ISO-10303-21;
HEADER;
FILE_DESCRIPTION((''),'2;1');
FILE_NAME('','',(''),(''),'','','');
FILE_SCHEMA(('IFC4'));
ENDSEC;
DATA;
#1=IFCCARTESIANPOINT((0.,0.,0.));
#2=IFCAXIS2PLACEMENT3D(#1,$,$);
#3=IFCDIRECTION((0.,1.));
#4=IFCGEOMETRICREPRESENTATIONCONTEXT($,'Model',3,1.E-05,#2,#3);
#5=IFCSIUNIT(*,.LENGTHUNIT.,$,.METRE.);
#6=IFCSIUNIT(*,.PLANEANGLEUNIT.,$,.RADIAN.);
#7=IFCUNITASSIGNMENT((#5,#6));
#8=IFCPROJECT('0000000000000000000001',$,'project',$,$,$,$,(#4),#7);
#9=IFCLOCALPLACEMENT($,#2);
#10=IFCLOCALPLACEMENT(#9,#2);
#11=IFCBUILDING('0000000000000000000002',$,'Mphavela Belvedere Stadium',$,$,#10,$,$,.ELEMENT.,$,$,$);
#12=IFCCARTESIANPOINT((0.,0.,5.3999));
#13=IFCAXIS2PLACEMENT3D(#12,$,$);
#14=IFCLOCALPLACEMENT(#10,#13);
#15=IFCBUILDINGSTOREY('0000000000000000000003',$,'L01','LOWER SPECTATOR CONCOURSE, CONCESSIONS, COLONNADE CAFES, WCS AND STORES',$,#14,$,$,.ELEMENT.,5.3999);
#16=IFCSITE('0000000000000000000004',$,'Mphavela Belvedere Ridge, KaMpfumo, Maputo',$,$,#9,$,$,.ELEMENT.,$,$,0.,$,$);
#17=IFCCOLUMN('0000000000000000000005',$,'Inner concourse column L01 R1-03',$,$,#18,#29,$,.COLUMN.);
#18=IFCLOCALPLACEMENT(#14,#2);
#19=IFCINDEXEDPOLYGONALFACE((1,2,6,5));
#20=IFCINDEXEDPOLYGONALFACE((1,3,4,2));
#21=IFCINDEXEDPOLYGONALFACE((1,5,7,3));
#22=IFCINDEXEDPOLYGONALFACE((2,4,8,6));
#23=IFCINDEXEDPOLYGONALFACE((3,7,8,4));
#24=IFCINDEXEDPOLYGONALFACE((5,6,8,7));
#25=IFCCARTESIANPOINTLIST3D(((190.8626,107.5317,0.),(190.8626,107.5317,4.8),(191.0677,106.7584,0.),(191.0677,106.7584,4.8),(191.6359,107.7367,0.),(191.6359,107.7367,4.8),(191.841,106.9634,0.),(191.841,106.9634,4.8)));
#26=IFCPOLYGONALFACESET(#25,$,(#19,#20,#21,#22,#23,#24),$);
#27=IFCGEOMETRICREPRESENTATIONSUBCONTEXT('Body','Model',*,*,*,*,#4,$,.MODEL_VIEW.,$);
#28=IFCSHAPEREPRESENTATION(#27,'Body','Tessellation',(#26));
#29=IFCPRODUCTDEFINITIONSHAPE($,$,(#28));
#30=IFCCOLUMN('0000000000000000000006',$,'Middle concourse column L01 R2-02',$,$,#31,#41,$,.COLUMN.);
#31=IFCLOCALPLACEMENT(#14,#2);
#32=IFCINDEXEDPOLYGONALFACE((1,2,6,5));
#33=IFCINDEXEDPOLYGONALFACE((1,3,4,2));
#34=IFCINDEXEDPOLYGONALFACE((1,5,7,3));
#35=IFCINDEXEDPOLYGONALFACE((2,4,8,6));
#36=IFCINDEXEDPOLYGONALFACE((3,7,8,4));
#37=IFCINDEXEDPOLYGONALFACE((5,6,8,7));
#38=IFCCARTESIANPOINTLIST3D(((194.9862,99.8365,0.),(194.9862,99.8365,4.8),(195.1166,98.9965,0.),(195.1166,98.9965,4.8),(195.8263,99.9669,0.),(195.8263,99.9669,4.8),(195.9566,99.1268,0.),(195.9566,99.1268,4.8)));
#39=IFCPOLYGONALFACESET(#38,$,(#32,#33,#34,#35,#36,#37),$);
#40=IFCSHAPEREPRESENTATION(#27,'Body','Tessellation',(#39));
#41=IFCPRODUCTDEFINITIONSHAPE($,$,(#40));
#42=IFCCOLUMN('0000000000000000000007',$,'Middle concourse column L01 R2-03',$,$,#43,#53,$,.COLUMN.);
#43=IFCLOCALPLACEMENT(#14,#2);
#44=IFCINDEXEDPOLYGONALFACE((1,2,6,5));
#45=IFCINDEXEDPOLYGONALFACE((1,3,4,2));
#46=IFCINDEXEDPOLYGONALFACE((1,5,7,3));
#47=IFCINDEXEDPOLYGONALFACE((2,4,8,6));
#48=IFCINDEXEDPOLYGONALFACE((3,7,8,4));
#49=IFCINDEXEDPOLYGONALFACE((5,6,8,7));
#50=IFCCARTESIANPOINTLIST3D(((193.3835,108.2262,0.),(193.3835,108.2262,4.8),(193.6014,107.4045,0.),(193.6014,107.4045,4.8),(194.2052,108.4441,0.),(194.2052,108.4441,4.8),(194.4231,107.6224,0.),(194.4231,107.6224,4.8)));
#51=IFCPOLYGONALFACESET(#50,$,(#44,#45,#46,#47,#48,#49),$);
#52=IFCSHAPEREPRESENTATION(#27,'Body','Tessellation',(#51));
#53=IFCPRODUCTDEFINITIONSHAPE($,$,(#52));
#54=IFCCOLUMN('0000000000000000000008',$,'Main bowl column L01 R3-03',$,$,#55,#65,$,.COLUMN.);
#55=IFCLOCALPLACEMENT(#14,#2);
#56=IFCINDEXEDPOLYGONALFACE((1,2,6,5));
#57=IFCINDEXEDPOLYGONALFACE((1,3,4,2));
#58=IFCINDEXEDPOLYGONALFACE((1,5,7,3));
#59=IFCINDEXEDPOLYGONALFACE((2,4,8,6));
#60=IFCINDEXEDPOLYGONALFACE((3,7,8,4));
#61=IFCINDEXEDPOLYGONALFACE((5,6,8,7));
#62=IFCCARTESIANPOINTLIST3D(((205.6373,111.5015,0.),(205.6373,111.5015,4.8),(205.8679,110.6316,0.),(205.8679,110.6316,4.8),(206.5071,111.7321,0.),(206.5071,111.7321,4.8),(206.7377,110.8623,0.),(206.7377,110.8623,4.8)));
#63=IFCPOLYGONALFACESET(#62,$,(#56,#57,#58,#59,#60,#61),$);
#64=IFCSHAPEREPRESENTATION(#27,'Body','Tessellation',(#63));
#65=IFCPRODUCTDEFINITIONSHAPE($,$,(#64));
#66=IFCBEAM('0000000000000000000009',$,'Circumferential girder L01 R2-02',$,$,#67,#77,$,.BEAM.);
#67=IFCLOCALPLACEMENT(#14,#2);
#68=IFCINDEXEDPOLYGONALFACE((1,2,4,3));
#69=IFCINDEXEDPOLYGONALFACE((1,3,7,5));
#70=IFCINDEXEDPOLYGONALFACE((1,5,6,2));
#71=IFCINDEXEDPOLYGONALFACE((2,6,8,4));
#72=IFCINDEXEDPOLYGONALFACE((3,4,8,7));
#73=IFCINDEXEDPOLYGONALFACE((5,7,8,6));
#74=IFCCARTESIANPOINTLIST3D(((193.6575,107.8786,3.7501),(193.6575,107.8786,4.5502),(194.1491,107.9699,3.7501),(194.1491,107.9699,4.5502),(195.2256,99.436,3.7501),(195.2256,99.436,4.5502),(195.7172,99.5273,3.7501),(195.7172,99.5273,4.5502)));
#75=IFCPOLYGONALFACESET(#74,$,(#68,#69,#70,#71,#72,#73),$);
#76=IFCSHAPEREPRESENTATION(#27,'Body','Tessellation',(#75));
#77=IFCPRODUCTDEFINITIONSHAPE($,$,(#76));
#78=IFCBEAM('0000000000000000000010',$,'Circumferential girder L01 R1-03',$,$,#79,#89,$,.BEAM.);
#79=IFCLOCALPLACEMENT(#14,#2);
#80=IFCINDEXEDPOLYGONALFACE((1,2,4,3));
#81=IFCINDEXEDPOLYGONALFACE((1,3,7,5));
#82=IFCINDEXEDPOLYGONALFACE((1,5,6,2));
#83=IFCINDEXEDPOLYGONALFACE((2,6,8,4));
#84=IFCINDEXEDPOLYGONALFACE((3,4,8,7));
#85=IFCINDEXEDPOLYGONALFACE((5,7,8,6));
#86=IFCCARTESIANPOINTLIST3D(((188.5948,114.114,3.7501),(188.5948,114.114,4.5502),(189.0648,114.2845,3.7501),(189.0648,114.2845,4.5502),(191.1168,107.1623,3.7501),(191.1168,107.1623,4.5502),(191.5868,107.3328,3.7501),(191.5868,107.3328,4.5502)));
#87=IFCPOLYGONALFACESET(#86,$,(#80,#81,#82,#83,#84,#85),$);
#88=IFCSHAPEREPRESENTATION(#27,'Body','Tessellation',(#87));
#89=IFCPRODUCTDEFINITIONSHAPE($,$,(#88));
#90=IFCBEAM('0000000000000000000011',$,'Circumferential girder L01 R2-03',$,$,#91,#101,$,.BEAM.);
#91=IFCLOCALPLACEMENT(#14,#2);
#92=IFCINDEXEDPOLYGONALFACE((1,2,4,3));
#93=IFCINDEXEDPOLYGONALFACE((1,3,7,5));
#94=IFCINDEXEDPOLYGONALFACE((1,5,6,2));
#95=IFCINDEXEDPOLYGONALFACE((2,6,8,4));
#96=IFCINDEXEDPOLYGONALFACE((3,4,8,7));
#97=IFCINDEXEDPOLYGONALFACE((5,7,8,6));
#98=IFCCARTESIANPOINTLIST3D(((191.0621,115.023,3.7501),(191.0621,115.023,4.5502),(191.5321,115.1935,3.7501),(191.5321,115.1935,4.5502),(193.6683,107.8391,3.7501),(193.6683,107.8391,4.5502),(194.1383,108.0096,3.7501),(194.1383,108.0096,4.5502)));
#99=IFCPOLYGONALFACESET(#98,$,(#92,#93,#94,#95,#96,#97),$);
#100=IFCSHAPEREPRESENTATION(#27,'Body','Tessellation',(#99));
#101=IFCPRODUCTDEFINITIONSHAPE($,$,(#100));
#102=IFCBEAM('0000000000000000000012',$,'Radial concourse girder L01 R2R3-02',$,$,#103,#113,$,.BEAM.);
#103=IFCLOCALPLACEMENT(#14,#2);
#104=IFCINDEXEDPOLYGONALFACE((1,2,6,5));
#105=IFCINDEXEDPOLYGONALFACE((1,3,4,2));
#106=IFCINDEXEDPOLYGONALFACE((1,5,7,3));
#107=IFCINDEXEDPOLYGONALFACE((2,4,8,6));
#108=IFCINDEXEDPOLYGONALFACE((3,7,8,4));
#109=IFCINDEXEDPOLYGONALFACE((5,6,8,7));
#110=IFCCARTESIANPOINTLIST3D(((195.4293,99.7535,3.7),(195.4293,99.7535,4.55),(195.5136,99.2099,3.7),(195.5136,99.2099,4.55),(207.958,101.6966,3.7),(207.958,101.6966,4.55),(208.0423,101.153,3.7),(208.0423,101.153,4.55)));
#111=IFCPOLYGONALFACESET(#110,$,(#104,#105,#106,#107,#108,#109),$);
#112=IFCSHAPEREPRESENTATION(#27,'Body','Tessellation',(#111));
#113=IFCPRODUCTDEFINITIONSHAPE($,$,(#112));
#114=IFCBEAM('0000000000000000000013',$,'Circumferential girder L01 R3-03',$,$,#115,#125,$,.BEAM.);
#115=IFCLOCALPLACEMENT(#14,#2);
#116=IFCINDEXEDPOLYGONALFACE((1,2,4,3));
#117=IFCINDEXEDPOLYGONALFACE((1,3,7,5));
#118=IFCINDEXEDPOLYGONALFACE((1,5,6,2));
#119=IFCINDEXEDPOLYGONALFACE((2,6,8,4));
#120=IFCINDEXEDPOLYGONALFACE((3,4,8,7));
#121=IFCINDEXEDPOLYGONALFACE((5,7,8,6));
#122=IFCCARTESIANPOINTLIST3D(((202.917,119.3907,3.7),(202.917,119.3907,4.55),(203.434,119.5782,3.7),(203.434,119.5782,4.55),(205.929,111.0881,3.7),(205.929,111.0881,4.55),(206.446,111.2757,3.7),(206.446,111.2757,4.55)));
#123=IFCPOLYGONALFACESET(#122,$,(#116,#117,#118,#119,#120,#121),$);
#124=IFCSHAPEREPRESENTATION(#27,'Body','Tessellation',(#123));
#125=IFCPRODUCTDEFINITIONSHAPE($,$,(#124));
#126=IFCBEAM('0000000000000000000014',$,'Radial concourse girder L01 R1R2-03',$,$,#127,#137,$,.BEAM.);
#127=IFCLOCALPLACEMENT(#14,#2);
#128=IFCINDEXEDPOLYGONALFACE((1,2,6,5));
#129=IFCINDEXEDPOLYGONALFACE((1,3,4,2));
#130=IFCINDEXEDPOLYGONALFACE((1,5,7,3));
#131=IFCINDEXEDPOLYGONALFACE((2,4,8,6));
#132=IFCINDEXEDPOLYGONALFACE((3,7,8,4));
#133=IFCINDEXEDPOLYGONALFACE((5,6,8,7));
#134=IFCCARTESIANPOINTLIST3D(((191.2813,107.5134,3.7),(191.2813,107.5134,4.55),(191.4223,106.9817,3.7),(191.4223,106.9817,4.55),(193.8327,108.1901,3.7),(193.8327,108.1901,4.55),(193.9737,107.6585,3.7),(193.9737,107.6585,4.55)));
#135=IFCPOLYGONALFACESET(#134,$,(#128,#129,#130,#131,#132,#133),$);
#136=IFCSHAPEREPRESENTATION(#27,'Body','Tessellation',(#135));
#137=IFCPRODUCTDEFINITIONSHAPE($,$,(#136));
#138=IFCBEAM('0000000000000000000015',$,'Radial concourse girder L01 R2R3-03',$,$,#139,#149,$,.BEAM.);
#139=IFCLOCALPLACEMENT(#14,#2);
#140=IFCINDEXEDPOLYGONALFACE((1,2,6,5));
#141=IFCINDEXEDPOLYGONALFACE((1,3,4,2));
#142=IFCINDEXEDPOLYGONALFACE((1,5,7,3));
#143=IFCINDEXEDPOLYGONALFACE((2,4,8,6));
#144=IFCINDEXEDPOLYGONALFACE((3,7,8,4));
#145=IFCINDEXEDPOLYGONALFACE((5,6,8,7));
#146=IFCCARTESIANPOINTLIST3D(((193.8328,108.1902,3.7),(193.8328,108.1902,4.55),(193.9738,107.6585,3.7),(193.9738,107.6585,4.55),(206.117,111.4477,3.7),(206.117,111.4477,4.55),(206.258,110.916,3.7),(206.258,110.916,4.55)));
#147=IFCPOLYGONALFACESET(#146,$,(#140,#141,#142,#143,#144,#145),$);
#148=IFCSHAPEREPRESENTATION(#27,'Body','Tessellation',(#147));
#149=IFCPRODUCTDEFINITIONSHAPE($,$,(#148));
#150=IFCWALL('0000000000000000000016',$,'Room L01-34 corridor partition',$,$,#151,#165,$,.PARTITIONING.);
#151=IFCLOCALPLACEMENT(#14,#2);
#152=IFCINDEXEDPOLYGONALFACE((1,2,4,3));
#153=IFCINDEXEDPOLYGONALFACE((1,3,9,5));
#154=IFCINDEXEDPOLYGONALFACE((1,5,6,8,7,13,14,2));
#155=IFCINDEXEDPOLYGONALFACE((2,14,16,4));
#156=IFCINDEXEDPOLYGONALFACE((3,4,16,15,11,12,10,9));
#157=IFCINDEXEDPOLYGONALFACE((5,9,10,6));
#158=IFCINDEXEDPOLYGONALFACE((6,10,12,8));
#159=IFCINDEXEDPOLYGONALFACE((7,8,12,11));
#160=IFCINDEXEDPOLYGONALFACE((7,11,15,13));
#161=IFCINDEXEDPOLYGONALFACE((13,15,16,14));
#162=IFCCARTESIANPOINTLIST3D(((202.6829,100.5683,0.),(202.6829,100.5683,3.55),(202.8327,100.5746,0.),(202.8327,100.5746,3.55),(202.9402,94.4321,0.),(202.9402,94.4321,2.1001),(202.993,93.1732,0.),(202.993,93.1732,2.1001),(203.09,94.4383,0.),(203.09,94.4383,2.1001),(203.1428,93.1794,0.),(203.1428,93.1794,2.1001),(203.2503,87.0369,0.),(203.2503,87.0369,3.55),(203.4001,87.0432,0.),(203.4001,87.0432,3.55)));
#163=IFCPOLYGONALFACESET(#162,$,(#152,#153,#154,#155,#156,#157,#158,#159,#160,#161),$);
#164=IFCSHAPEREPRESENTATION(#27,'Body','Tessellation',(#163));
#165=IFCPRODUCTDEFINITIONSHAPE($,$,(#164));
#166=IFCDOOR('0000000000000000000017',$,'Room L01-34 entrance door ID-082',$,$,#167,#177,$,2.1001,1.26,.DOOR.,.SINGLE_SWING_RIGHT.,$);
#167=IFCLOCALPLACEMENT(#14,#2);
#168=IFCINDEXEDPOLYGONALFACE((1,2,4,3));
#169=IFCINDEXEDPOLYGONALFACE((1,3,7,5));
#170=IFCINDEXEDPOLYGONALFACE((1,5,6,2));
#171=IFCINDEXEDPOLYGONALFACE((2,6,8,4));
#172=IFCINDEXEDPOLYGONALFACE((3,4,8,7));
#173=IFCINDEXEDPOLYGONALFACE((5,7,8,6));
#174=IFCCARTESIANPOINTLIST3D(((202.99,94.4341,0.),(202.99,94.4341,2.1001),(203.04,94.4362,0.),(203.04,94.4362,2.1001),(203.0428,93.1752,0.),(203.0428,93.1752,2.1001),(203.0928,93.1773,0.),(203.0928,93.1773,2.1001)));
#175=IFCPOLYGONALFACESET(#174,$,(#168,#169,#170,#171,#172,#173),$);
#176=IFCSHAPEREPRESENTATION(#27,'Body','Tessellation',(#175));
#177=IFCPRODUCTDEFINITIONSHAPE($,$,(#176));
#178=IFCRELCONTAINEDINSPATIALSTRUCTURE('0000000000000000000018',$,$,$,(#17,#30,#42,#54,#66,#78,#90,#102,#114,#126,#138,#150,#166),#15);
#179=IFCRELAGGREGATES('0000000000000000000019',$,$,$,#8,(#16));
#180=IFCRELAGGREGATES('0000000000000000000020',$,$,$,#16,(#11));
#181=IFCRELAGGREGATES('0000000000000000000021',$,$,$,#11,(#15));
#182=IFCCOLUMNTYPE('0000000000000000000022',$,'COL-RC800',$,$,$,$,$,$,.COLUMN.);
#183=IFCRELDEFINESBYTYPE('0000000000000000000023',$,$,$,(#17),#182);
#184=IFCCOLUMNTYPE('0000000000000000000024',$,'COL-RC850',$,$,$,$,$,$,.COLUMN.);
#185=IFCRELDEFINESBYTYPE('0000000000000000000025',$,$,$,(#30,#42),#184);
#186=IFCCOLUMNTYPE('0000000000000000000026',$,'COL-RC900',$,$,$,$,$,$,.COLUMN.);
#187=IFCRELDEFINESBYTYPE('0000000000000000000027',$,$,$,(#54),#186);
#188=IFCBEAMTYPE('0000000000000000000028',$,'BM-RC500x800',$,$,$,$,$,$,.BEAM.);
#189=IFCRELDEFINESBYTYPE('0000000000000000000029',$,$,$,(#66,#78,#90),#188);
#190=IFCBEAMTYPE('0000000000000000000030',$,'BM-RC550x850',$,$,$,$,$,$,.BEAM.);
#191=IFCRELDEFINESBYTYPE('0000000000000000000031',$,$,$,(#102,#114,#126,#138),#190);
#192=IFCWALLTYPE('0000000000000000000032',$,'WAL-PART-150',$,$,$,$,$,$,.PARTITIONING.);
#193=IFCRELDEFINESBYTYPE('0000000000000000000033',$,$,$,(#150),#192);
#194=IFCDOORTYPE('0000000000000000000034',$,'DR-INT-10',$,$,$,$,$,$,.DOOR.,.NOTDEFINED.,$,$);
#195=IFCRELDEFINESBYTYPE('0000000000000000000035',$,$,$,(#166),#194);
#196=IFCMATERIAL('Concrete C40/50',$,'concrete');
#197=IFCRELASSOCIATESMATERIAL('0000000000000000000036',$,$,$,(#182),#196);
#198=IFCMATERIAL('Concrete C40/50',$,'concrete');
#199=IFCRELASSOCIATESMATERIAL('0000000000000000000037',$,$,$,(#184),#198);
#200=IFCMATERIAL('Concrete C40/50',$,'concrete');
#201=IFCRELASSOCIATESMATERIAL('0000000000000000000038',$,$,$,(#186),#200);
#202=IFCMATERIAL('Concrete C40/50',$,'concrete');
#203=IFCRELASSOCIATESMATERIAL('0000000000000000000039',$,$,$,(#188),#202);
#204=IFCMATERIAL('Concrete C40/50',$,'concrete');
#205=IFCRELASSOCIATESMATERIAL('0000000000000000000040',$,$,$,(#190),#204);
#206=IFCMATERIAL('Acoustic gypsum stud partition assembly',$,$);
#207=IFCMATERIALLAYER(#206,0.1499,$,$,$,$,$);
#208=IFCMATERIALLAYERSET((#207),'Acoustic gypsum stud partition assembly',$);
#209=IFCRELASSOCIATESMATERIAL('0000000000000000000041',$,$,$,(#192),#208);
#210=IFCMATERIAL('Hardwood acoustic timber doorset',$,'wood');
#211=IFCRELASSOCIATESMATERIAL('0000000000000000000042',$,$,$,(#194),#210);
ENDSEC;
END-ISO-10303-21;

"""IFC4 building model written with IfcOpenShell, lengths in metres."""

from ifc_helpers import new_model, si_unit, direction, frame, frame_2d, origin, origin_2d, place, context, subcontext, project, spatial, rectangle, extrude, material, layer, layer_set, material_profile, profile_set, type_object, element, fill, save


model = new_model("IFC4")

# Units and contexts
model_context = context("Model", 3, precision=1e-05, world=origin(), true_north=direction((0.0, 1.0)))
body_context = subcontext(model_context, "Body", "Model", "MODEL_VIEW")
ifc_project = project(units=[si_unit("LENGTHUNIT", "METRE"), si_unit("PLANEANGLEUNIT", "RADIAN")], contexts=[model_context])

# Site, building, storey
site_placement = place(None, origin())
site = spatial("IfcSite", under=ifc_project, at=site_placement, Name="Mphavela Belvedere Ridge, KaMpfumo, Maputo", CompositionType="ELEMENT", RefElevation=0.0)
building_placement = place(site_placement, origin())
building = spatial("IfcBuilding", under=site, at=building_placement, Name="Mphavela Belvedere Stadium", CompositionType="ELEMENT")
storey_placement = place(building_placement, frame((0.0, 0.0, 5.3999)))
storey = spatial("IfcBuildingStorey", under=building, at=storey_placement, Name="L01", Description="LOWER SPECTATOR CONCOURSE, CONCESSIONS, COLONNADE CAFES, WCS AND STORES", CompositionType="ELEMENT", Elevation=5.3999)

# Columns
ifc_material_1 = material(Name="Concrete C40/50", Category="concrete")
ifc_material_profile_1 = material_profile(ifc_material_1, rectangle(XDim=0.8, YDim=0.8, at=origin_2d()), Name="RC 800x800")
ifc_profile_set_1 = profile_set([ifc_material_profile_1], Name="Concrete C40/50")
column_type_1 = type_object("IfcColumnType", Name="COL-RC800", PredefinedType="COLUMN", material=ifc_profile_set_1)
column_1_placement = place(storey_placement, frame((191.3518, 107.2476, 0.0), z_axis=(0.0, 0.0, 1.0), x_axis=(0.9666, 0.256289, 0.0)))
element("IfcColumn", 1, at=column_1_placement, inside=storey, type_object=column_type_1, Name="Inner concourse column L01 R1-03", PredefinedType="COLUMN", context=body_context, shape_type="SweptSolid", body=[
    extrude(rectangle(XDim=0.8, YDim=0.8, at=origin_2d()), origin(), (0.0, 0.0, 1.0), 4.8),
])
ifc_material_2 = material(Name="Concrete C40/50", Category="concrete")
ifc_material_profile_2 = material_profile(ifc_material_2, rectangle(XDim=0.8501, YDim=0.8501, at=origin_2d()), Name="RC 850x850")
ifc_profile_set_2 = profile_set([ifc_material_profile_2], Name="Concrete C40/50")
column_type_2 = type_object("IfcColumnType", Name="COL-RC850", PredefinedType="COLUMN", material=ifc_profile_set_2)
for number, where, z_axis, x_axis, name in (
    (2, (195.4714, 99.4817, 0.0), (0.0, 0.0, 1.0), (0.988175, 0.153331, 0.0), "Middle concourse column L01 R2-02"),
    (3, (193.9033, 107.9243, 0.0), (0.0, 0.0, 1.0), (0.9666, 0.256289, 0.0), "Middle concourse column L01 R2-03"),
):
    element("IfcColumn", number, at=place(storey_placement, frame(where, z_axis=z_axis, x_axis=x_axis)), inside=storey, type_object=column_type_2, Name=name, PredefinedType="COLUMN", context=body_context, shape_type="SweptSolid", body=[
        extrude(rectangle(XDim=0.8501, YDim=0.8501, at=origin_2d()), origin(), (0.0, 0.0, 1.0), 4.8),
    ])
ifc_material_3 = material(Name="Concrete C40/50", Category="concrete")
ifc_material_profile_3 = material_profile(ifc_material_3, rectangle(XDim=0.8999, YDim=0.8999, at=origin_2d()), Name="RC 900x900")
ifc_profile_set_3 = profile_set([ifc_material_profile_3], Name="Concrete C40/50")
column_type_3 = type_object("IfcColumnType", Name="COL-RC900", PredefinedType="COLUMN", material=ifc_profile_set_3)
column_2_placement = place(storey_placement, frame((206.1875, 111.1819, 0.0), z_axis=(0.0, 0.0, 1.0), x_axis=(0.9666, 0.256289, 0.0)))
element("IfcColumn", 4, at=column_2_placement, inside=storey, type_object=column_type_3, Name="Main bowl column L01 R3-03", PredefinedType="COLUMN", context=body_context, shape_type="SweptSolid", body=[
    extrude(rectangle(XDim=0.8999, YDim=0.8999, at=origin_2d()), origin(), (0.0, 0.0, 1.0), 4.8),
])

# Beams
ifc_material_4 = material(Name="Concrete C40/50", Category="concrete")
ifc_material_profile_4 = material_profile(ifc_material_4, rectangle(XDim=0.5, YDim=0.8, at=origin_2d()), Name="RC 500x800")
ifc_profile_set_4 = profile_set([ifc_material_profile_4], Name="Concrete C40/50")
beam_type_1 = type_object("IfcBeamType", Name="BM-RC500x800", PredefinedType="BEAM", material=ifc_profile_set_4)
beam_1_placement = place(storey_placement, frame((195.4714, 99.4817, 4.1501), z_axis=(-0.182615, 0.983185, 0.0), x_axis=(-0.983185, -0.182615, 0.0)))
element("IfcBeam", 5, at=beam_1_placement, inside=storey, type_object=beam_type_1, Name="Circumferential girder L01 R2-02", PredefinedType="BEAM", context=body_context, shape_type="SweptSolid", body=[
    extrude(rectangle(XDim=0.5, YDim=0.8, at=origin_2d()), origin(), (0.0, 0.0, 1.0), 8.5869),
])
beam_2_placement = place(storey_placement, frame((191.3518, 107.2476, 4.1501), z_axis=(-0.341038, 0.94005, 0.0), x_axis=(-0.94005, -0.341038, 0.0)))
element("IfcBeam", 6, at=beam_2_placement, inside=storey, type_object=beam_type_1, Name="Circumferential girder L01 R1-03", PredefinedType="BEAM", context=body_context, shape_type="SweptSolid", body=[
    extrude(rectangle(XDim=0.5, YDim=0.8, at=origin_2d()), origin(), (0.0, 0.0, 1.0), 7.395),
])
beam_3_placement = place(storey_placement, frame((193.9033, 107.9243, 4.1501), z_axis=(-0.341038, 0.94005, 0.0), x_axis=(-0.94005, -0.341038, 0.0)))
element("IfcBeam", 7, at=beam_3_placement, inside=storey, type_object=beam_type_1, Name="Circumferential girder L01 R2-03", PredefinedType="BEAM", context=body_context, shape_type="SweptSolid", body=[
    extrude(rectangle(XDim=0.5, YDim=0.8, at=origin_2d()), origin(), (0.0, 0.0, 1.0), 7.6421),
])
ifc_material_5 = material(Name="Concrete C40/50", Category="concrete")
ifc_material_profile_5 = material_profile(ifc_material_5, rectangle(XDim=0.55, YDim=0.8501, at=origin_2d()), Name="RC 550x850")
ifc_profile_set_5 = profile_set([ifc_material_profile_5], Name="Concrete C40/50")
beam_type_2 = type_object("IfcBeamType", Name="BM-RC550x850", PredefinedType="BEAM", material=ifc_profile_set_5)
beam_4_placement = place(storey_placement, frame((195.4714, 99.4817, 4.125), z_axis=(0.988186, 0.153262, 0.0), x_axis=(-0.153262, 0.988186, 0.0)))
element("IfcBeam", 8, at=beam_4_placement, inside=storey, type_object=beam_type_2, Name="Radial concourse girder L01 R2R3-02", PredefinedType="BEAM", context=body_context, shape_type="SweptSolid", body=[
    extrude(rectangle(XDim=0.55, YDim=0.8501, at=origin_2d()), origin(), (0.0, 0.0, 1.0), 12.6785),
])
beam_5_placement = place(storey_placement, frame((206.1875, 111.1819, 4.125), z_axis=(-0.341031, 0.940052, 0.0), x_axis=(-0.940052, -0.341031, 0.0)))
element("IfcBeam", 9, at=beam_5_placement, inside=storey, type_object=beam_type_2, Name="Circumferential girder L01 R3-03", PredefinedType="BEAM", context=body_context, shape_type="SweptSolid", body=[
    extrude(rectangle(XDim=0.55, YDim=0.8501, at=origin_2d()), origin(), (0.0, 0.0, 1.0), 8.832),
])
beam_6_placement = place(storey_placement, frame((191.3518, 107.2476, 4.125), z_axis=(0.966578, 0.256373, 0.0), x_axis=(-0.256373, 0.966578, 0.0)))
element("IfcBeam", 10, at=beam_6_placement, inside=storey, type_object=beam_type_2, Name="Radial concourse girder L01 R1R2-03", PredefinedType="BEAM", context=body_context, shape_type="SweptSolid", body=[
    extrude(rectangle(XDim=0.55, YDim=0.8501, at=origin_2d()), origin(), (0.0, 0.0, 1.0), 2.6396),
])
beam_7_placement = place(storey_placement, frame((193.9033, 107.9243, 4.125), z_axis=(0.966591, 0.256324, 0.0), x_axis=(-0.256324, 0.966591, 0.0)))
element("IfcBeam", 11, at=beam_7_placement, inside=storey, type_object=beam_type_2, Name="Radial concourse girder L01 R2R3-03", PredefinedType="BEAM", context=body_context, shape_type="SweptSolid", body=[
    extrude(rectangle(XDim=0.55, YDim=0.8501, at=origin_2d()), origin(), (0.0, 0.0, 1.0), 12.7087),
])

# Wall, opening, door
ifc_material_6 = material(Name="Acoustic gypsum stud partition assembly")
ifc_layer = layer(ifc_material_6, 0.1499)
ifc_layer_set = layer_set([ifc_layer], Name="Acoustic gypsum stud partition assembly")
wall_type = type_object("IfcWallType", Name="WAL-PART-150", PredefinedType="PARTITIONING", material=ifc_layer_set)
wall_1_placement = place(storey_placement, frame((202.7578, 100.5713, 0.0), z_axis=(0.0, 0.0, 1.0), x_axis=(0.041894, -0.999122, 0.0)))
wall_1 = element("IfcWall", 12, at=wall_1_placement, inside=storey, type_object=wall_type, Name="Room L01-34 corridor partition", PredefinedType="PARTITIONING", context=body_context, shape_type="SweptSolid", body=[
    extrude(rectangle(XDim=13.5432, YDim=0.1499, at=frame_2d((6.7715, 0.0))), origin(), (0.0, 0.0, 1.0), 3.55),
])
opening_1_placement = place(wall_1_placement, frame((6.1416, 0.0, 0.0)))
opening_1 = element("IfcOpeningElement", 13, at=opening_1_placement, cuts=wall_1, PredefinedType="OPENING", context=body_context, shape_type="SweptSolid", body=[
    extrude(rectangle(XDim=1.26, YDim=2.1001, at=frame_2d((0.6299, 1.05))), frame((0.0, 0.085, 0.0), z_axis=(0.0, -1.0, 0.0), x_axis=(1.0, 0.0, 0.0)), (0.0, 0.0, 1.0), 0.1699),
])
ifc_material_7 = material(Name="Hardwood acoustic timber doorset", Category="wood")
door_type_1 = type_object("IfcDoorType", Name="DR-INT-10", OperationType="NOTDEFINED", PredefinedType="DOOR", material=ifc_material_7)
door_1_placement = place(opening_1_placement, origin())
door_1 = element("IfcDoor", 14, at=door_1_placement, inside=storey, type_object=door_type_1, Name="Room L01-34 entrance door ID-082", OperationType="SINGLE_SWING_RIGHT", OverallHeight=2.1001, OverallWidth=1.26, PredefinedType="DOOR", context=body_context, shape_type="SweptSolid", body=[
    extrude(rectangle(XDim=1.26, YDim=2.1001, at=frame_2d((0.6299, 1.05))), frame((0.0, 0.0249, 0.0), z_axis=(0.0, -1.0, 0.0), x_axis=(1.0, 0.0, 0.0)), (0.0, 0.0, 1.0), 0.05),
])
fill(opening_1, door_1)

save(model, "model.ifc")
